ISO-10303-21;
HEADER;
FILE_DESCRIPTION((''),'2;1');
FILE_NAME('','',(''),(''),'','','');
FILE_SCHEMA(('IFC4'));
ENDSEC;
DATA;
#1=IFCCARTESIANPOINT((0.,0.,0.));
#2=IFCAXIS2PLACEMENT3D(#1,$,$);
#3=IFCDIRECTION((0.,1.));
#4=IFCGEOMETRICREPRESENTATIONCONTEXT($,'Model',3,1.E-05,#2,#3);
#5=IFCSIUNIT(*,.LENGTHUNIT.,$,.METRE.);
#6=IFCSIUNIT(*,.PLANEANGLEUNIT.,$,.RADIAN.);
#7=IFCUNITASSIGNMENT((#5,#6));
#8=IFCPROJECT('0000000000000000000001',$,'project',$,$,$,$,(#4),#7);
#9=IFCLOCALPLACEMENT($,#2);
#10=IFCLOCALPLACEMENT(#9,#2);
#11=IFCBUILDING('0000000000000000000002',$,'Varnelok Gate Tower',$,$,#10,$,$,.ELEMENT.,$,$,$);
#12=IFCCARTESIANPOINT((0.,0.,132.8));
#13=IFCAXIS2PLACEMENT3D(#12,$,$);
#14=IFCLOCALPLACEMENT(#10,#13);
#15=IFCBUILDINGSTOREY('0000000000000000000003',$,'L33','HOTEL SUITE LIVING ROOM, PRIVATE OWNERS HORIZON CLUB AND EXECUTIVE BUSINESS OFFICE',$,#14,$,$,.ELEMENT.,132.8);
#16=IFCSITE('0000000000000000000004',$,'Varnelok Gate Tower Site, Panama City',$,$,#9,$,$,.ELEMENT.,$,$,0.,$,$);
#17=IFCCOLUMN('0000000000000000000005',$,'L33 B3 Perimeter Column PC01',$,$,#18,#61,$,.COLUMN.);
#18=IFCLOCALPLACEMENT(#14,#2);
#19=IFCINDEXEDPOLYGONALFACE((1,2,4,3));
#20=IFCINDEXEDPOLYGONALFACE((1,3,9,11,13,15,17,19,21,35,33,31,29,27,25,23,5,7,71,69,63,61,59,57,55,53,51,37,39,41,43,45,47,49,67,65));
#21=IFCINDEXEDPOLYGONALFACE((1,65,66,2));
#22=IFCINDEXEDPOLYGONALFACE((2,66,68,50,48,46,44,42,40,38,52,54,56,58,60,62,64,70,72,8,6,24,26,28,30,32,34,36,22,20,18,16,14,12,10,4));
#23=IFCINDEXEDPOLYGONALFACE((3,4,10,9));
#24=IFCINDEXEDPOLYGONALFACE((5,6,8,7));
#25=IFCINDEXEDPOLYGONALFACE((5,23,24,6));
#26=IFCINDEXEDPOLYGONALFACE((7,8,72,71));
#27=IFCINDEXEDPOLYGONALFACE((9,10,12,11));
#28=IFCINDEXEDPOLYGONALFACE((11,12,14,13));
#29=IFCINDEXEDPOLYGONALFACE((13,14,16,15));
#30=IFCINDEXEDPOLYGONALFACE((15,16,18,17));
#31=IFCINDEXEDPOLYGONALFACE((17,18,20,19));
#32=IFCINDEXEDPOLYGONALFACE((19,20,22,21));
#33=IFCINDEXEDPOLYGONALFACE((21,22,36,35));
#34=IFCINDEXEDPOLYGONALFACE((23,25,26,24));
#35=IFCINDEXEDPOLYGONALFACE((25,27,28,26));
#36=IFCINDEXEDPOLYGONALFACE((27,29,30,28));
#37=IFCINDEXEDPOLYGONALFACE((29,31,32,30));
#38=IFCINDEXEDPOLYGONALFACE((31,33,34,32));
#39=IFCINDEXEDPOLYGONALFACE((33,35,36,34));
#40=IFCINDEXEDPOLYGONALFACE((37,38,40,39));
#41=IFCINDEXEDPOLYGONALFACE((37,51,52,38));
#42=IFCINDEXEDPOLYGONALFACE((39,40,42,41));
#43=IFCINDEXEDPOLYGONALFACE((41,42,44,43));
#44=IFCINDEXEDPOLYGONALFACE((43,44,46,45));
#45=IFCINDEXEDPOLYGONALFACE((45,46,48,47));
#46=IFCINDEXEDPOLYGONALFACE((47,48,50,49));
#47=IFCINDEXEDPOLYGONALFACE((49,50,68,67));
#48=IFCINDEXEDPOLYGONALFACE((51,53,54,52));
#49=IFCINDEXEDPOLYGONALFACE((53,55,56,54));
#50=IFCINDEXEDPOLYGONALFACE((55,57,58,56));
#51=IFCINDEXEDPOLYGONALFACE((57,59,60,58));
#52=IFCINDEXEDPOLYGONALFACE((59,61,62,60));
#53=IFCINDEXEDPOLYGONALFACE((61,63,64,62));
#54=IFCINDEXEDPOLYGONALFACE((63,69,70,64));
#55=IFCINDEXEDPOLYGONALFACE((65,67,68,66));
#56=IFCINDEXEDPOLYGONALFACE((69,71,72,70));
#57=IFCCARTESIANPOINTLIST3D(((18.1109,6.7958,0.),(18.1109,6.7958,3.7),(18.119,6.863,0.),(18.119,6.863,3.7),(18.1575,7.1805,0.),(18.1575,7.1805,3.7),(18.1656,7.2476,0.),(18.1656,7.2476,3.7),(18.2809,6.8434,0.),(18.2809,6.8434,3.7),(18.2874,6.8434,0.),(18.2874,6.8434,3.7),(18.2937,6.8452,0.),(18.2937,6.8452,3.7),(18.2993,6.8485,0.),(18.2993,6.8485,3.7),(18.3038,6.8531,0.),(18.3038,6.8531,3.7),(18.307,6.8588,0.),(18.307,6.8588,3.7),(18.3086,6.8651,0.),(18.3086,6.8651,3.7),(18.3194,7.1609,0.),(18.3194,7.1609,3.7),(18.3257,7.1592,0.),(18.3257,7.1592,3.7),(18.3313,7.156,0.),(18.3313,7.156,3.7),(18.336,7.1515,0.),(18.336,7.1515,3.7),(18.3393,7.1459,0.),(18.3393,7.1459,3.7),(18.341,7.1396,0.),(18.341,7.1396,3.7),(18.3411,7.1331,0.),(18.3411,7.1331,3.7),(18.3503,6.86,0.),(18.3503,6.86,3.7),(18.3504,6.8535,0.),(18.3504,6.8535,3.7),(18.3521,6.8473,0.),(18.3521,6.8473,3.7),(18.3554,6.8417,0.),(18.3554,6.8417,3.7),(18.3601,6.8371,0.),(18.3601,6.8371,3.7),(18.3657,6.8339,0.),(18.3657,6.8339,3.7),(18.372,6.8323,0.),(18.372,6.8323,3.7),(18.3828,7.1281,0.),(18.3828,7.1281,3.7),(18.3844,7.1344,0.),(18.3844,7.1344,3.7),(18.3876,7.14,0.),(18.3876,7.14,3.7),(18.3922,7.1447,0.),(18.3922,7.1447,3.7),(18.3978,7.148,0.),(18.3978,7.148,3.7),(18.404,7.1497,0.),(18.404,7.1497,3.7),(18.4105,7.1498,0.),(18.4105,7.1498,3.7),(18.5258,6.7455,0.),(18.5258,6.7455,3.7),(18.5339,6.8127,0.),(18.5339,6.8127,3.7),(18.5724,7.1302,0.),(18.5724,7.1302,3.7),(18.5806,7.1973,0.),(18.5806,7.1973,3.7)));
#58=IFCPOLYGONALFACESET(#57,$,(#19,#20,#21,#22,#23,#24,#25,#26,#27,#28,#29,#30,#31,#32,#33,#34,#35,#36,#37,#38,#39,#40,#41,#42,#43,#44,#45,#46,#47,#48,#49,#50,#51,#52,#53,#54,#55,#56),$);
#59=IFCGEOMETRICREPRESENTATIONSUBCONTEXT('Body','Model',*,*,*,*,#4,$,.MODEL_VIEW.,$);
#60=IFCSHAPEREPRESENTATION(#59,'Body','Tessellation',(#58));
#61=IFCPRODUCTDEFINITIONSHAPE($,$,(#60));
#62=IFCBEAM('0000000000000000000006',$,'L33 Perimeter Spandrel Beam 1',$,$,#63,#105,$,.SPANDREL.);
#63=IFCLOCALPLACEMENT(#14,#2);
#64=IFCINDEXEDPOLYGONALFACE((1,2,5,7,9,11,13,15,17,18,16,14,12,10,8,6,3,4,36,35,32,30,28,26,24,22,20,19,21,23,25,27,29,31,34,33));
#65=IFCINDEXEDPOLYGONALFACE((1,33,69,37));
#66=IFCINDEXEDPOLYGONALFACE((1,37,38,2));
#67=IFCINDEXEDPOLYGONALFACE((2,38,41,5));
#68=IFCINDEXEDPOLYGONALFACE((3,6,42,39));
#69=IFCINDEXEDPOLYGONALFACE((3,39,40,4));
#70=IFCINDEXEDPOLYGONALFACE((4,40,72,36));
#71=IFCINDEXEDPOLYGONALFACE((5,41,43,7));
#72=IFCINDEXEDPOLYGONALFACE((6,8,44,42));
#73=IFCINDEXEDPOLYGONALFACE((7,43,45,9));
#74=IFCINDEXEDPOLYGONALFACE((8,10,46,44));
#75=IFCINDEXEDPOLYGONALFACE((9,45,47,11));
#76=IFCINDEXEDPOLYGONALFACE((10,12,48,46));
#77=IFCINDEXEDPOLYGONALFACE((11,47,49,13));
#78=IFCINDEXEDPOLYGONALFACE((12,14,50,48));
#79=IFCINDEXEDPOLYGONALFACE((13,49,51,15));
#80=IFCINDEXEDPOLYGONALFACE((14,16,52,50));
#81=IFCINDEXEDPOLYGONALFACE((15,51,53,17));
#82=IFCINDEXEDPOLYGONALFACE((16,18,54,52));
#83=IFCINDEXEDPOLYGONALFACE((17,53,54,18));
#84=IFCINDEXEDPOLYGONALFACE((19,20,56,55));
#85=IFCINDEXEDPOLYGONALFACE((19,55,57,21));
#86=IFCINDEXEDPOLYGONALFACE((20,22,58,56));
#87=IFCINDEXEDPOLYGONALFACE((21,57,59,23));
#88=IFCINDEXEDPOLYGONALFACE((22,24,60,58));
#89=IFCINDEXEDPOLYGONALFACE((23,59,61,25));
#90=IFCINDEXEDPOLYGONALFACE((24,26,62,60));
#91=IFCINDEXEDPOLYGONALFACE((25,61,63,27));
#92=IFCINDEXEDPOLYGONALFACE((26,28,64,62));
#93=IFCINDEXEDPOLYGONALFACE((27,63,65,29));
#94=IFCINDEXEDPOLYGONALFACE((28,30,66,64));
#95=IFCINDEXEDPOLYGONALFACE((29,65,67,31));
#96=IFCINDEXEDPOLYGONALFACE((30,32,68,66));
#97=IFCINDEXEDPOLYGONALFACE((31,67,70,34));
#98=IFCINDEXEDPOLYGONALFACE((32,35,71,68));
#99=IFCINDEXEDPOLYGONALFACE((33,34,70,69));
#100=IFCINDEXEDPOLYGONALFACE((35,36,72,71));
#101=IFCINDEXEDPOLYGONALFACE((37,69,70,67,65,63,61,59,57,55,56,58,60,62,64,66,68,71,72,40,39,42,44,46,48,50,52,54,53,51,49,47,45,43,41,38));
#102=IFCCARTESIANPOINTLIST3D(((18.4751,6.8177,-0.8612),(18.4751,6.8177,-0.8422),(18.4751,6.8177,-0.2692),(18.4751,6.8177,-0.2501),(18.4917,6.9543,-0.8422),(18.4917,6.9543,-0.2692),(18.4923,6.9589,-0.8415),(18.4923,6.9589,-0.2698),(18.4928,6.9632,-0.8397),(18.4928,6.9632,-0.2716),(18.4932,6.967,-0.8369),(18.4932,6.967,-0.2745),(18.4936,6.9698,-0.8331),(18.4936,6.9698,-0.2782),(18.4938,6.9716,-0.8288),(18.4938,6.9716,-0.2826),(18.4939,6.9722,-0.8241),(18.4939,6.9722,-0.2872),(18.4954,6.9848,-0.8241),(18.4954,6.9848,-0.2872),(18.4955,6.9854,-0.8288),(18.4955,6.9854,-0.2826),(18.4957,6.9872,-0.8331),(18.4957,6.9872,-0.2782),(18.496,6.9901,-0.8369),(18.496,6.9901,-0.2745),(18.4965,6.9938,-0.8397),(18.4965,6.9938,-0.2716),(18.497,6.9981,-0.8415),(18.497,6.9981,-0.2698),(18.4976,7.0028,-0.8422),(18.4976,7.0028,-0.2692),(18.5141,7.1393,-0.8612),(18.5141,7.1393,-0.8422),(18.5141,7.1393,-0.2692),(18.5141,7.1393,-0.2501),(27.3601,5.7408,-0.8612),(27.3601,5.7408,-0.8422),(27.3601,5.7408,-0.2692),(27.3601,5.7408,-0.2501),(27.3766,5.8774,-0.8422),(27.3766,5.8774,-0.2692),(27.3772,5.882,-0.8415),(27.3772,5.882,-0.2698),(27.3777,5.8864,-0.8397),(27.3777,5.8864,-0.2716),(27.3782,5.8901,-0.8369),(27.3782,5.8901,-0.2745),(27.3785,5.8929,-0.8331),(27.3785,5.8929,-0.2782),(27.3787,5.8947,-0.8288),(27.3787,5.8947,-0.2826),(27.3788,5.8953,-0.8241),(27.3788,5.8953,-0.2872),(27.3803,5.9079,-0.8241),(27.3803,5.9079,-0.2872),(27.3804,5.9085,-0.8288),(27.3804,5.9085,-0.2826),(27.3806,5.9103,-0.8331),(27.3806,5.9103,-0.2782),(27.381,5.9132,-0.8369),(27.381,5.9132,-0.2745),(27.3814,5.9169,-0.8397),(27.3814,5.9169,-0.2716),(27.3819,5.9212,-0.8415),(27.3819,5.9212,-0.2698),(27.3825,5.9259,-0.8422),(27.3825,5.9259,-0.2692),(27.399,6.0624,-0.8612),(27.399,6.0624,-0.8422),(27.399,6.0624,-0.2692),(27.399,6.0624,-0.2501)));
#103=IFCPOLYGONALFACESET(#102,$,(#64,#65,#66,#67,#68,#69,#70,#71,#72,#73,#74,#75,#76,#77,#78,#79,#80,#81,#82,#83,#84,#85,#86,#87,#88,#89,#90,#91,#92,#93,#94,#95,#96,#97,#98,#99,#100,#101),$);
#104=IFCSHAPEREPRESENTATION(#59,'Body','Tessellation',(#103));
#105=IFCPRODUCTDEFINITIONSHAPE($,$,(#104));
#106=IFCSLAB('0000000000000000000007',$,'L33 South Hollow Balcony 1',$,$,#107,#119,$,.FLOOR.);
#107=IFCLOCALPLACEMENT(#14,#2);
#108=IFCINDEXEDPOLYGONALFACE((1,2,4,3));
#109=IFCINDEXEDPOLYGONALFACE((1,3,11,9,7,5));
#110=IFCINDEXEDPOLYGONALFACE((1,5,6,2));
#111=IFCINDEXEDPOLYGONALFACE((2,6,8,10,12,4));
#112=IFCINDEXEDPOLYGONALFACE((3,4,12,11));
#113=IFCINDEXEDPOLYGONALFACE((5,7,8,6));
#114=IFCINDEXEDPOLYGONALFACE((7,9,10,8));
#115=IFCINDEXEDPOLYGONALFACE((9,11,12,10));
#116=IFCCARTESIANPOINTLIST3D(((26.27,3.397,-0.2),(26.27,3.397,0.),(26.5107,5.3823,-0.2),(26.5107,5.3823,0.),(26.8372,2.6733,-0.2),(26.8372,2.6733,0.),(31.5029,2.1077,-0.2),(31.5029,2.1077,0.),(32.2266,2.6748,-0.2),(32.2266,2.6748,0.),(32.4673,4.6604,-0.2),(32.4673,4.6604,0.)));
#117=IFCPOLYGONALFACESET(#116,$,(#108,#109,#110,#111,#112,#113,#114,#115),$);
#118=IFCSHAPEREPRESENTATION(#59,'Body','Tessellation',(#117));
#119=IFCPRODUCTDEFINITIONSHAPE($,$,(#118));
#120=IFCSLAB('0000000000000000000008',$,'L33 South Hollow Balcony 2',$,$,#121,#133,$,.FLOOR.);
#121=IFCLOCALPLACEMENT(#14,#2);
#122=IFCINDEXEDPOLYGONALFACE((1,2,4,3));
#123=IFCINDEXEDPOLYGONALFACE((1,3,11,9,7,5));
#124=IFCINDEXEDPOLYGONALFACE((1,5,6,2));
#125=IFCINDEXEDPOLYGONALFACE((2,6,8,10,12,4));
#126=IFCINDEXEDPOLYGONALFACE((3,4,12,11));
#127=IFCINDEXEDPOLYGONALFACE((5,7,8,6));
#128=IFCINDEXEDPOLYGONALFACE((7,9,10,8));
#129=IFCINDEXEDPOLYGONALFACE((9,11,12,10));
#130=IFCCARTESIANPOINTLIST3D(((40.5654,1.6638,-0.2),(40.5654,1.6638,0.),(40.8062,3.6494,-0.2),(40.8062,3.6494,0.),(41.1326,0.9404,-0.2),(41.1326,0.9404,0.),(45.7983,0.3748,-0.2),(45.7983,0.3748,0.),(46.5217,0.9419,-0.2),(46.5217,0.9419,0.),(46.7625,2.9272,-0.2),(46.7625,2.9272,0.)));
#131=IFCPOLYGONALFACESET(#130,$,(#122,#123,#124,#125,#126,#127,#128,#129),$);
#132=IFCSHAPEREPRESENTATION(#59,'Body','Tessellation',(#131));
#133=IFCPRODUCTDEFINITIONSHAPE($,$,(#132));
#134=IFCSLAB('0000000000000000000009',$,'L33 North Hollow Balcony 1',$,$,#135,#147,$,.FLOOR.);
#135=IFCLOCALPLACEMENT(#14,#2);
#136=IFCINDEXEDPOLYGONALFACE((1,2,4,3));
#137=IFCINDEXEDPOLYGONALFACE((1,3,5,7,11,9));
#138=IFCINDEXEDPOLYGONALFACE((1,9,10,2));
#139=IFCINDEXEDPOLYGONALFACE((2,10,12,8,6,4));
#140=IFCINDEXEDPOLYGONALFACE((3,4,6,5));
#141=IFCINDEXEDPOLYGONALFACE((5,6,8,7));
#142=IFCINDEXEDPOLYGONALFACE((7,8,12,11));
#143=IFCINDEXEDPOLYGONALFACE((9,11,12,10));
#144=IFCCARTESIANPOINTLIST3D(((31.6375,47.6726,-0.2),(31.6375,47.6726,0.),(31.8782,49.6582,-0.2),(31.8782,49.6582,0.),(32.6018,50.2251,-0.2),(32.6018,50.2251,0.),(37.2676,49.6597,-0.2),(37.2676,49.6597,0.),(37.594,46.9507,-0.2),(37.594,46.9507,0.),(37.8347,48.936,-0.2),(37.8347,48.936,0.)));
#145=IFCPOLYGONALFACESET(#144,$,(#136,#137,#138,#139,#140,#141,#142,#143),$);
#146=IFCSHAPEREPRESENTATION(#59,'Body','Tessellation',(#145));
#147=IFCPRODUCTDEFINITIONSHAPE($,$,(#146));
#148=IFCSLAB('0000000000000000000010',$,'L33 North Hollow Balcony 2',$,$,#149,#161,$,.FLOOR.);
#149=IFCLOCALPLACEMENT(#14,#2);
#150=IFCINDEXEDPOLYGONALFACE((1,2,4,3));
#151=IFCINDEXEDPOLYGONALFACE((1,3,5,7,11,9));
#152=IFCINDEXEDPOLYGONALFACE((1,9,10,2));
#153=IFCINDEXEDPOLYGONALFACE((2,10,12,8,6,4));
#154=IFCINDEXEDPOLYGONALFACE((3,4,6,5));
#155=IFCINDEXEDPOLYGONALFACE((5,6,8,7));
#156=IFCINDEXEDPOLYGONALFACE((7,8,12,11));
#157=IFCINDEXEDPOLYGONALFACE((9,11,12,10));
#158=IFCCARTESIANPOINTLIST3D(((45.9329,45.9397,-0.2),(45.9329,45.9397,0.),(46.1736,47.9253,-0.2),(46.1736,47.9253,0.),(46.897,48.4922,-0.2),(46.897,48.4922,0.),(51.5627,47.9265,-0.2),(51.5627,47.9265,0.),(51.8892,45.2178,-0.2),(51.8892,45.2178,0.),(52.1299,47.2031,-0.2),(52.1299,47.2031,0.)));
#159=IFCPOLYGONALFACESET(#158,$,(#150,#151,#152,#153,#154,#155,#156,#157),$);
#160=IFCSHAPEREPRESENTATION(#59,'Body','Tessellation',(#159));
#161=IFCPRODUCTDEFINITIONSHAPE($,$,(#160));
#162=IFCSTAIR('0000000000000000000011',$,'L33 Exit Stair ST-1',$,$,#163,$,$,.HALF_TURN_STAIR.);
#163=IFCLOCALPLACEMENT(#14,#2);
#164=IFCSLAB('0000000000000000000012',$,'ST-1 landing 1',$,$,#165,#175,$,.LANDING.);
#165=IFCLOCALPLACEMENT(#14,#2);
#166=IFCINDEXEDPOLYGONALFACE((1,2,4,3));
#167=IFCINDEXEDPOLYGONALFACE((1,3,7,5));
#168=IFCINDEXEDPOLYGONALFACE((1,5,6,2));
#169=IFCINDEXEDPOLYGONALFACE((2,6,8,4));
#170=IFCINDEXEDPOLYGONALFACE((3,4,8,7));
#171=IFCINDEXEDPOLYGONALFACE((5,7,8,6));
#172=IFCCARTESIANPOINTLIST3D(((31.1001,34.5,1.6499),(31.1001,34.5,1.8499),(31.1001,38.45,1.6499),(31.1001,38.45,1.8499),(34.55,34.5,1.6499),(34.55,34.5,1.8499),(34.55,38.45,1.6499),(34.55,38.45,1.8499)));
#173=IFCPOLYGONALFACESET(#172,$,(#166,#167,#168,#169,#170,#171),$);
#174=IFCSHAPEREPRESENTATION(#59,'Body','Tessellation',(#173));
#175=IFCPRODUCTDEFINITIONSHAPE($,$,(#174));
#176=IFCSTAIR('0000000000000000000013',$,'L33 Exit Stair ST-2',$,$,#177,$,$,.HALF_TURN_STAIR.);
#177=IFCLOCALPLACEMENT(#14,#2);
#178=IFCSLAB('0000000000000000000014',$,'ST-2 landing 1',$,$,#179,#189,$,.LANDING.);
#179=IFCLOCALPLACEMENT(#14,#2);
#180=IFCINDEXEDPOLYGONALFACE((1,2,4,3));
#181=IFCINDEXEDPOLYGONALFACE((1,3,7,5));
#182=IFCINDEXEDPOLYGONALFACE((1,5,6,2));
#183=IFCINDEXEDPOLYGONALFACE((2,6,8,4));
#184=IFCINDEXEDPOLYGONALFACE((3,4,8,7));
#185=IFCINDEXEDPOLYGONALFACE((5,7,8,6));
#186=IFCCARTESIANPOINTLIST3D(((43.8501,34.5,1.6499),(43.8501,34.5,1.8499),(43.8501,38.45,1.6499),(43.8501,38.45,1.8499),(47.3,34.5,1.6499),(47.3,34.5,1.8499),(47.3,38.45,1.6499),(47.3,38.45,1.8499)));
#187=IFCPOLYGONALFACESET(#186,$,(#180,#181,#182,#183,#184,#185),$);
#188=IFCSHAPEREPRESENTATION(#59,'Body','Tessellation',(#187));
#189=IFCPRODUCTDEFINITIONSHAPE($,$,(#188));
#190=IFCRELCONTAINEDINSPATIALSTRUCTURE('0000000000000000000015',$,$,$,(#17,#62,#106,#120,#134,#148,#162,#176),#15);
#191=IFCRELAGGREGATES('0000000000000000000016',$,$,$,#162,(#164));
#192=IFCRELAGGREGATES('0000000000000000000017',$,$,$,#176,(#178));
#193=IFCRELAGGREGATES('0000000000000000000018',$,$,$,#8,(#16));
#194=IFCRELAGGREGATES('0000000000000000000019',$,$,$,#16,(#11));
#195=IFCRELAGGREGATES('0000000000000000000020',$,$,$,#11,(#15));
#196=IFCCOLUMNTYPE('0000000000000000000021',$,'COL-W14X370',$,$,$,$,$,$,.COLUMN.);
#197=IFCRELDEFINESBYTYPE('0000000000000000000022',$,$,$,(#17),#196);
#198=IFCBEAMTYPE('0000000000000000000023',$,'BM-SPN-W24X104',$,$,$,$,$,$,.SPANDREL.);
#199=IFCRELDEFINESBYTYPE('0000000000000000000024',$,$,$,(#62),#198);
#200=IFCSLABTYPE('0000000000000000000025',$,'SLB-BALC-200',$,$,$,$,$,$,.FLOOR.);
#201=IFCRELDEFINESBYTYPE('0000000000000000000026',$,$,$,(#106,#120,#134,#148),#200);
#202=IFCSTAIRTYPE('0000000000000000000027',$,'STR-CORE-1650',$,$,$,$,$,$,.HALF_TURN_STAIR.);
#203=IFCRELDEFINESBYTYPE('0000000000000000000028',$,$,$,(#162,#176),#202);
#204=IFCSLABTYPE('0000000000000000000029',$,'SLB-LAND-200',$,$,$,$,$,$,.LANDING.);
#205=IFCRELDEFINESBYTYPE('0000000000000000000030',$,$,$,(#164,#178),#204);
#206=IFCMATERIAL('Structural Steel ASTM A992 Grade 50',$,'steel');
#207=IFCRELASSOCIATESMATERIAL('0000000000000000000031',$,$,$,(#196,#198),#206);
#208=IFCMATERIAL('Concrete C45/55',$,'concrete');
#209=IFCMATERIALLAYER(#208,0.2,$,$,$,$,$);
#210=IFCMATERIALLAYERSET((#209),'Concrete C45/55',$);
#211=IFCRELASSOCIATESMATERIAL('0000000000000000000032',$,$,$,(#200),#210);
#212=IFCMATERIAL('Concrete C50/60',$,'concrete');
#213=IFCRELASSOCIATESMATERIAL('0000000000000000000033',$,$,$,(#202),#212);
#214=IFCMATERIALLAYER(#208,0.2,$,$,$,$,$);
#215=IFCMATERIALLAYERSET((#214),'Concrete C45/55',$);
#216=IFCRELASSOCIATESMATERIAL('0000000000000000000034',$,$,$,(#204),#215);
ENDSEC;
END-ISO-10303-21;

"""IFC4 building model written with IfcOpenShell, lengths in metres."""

from ifc_helpers import new_model, si_unit, direction, frame, origin, origin_2d, place, context, subcontext, project, spatial, polyline, i_section, outline, extrude, material, layer, layer_set, material_profile, profile_set, type_object, element, aggregate, save


model = new_model("IFC4")

# Units and contexts
model_context = context("Model", 3, precision=1e-05, world=origin(), true_north=direction((0.0, 1.0)))
body_context = subcontext(model_context, "Body", "Model", "MODEL_VIEW")
ifc_project = project(units=[si_unit("LENGTHUNIT", "METRE"), si_unit("PLANEANGLEUNIT", "RADIAN")], contexts=[model_context])

# Site, building, storey
site_placement = place(None, origin())
site = spatial("IfcSite", under=ifc_project, at=site_placement, Name="Varnelok Gate Tower Site, Panama City", CompositionType="ELEMENT", RefElevation=0.0)
building_placement = place(site_placement, origin())
building = spatial("IfcBuilding", under=site, at=building_placement, Name="Varnelok Gate Tower", CompositionType="ELEMENT")
storey_placement = place(building_placement, frame((0.0, 0.0, 132.8)))
storey = spatial("IfcBuildingStorey", under=building, at=storey_placement, Name="L33", Description="HOTEL SUITE LIVING ROOM, PRIVATE OWNERS HORIZON CLUB AND EXECUTIVE BUSINESS OFFICE", CompositionType="ELEMENT", Elevation=132.8)

# Column
ifc_material_1 = material(Name="Structural Steel ASTM A992 Grade 50", Category="steel")
ifc_material_profile_1 = material_profile(ifc_material_1, i_section(OverallWidth=0.418, OverallDepth=0.4551, WebThickness=0.042, FlangeThickness=0.0676, FilletRadius=0.0249, at=origin_2d()), Name="W14X370")
ifc_profile_set_1 = profile_set([ifc_material_profile_1], Name="Structural Steel ASTM A992 Grade 50")
column_type = type_object("IfcColumnType", Name="COL-W14X370", PredefinedType="COLUMN", material=ifc_profile_set_1)
column_placement = place(storey_placement, frame((18.3457, 6.9966, 0.0), z_axis=(0.0, 0.0, 1.0), x_axis=(0.992732, -0.120345, 0.0)))
element("IfcColumn", 1, at=column_placement, inside=storey, type_object=column_type, Name="L33 B3 Perimeter Column PC01", PredefinedType="COLUMN", context=body_context, shape_type="SweptSolid", body=[
    extrude(i_section(OverallWidth=0.418, OverallDepth=0.4551, WebThickness=0.042, FlangeThickness=0.0676, FilletRadius=0.0249, at=origin_2d()), origin(), (0.0, 0.0, 1.0), 3.7),
])

# Beam
ifc_material_profile_2 = material_profile(ifc_material_1, i_section(OverallWidth=0.324, OverallDepth=0.6111, WebThickness=0.0127, FlangeThickness=0.019, FilletRadius=0.0181, at=origin_2d()), Name="W24X104")
ifc_profile_set_2 = profile_set([ifc_material_profile_2], Name="Structural Steel ASTM A992 Grade 50")
beam_type = type_object("IfcBeamType", Name="BM-SPN-W24X104", PredefinedType="SPANDREL", material=ifc_profile_set_2)
beam_placement = place(storey_placement, frame((18.4946, 6.9785, -0.5557), z_axis=(0.992735, -0.120324, 0.0), x_axis=(0.120324, 0.992735, 0.0)))
element("IfcBeam", 2, at=beam_placement, inside=storey, type_object=beam_type, Name="L33 Perimeter Spandrel Beam 1", PredefinedType="SPANDREL", context=body_context, shape_type="SweptSolid", body=[
    extrude(i_section(OverallWidth=0.324, OverallDepth=0.6111, WebThickness=0.0127, FlangeThickness=0.019, FilletRadius=0.0181, at=origin_2d()), origin(), (0.0, 0.0, 1.0), 8.95),
])

# Slabs
ifc_material_2 = material(Name="Concrete C45/55", Category="concrete")
ifc_layer_1 = layer(ifc_material_2, 0.2)
ifc_layer_set_1 = layer_set([ifc_layer_1], Name="Concrete C45/55")
slab_type_1 = type_object("IfcSlabType", Name="SLB-BALC-200", PredefinedType="FLOOR", material=ifc_layer_set_1)
slab_1_placement = place(storey_placement, frame((0.0, 0.0, -0.2)))
element("IfcSlab", 3, at=slab_1_placement, inside=storey, type_object=slab_type_1, Name="L33 South Hollow Balcony 1", PredefinedType="FLOOR", context=body_context, shape_type="SweptSolid", body=[
    extrude(outline(polyline([(26.27, 3.397), (26.8372, 2.6733), (31.5029, 2.1077), (32.2266, 2.6748), (32.4673, 4.6604), (26.5107, 5.3823), (26.27, 3.397)])), origin(), (0.0, 0.0, 1.0), 0.2),
])
slab_2_placement = place(storey_placement, frame((0.0, 0.0, -0.2)))
element("IfcSlab", 4, at=slab_2_placement, inside=storey, type_object=slab_type_1, Name="L33 South Hollow Balcony 2", PredefinedType="FLOOR", context=body_context, shape_type="SweptSolid", body=[
    extrude(outline(polyline([(40.5654, 1.6638), (41.1326, 0.9404), (45.7983, 0.3748), (46.5217, 0.9419), (46.7625, 2.9272), (40.8062, 3.6494), (40.5654, 1.6638)])), origin(), (0.0, 0.0, 1.0), 0.2),
])
slab_3_placement = place(storey_placement, frame((0.0, 0.0, -0.2)))
element("IfcSlab", 5, at=slab_3_placement, inside=storey, type_object=slab_type_1, Name="L33 North Hollow Balcony 1", PredefinedType="FLOOR", context=body_context, shape_type="SweptSolid", body=[
    extrude(outline(polyline([(31.6375, 47.6726), (37.594, 46.9507), (37.8347, 48.936), (37.2676, 49.6597), (32.6018, 50.2251), (31.8782, 49.6582), (31.6375, 47.6726)])), origin(), (0.0, 0.0, 1.0), 0.2),
])
slab_4_placement = place(storey_placement, frame((0.0, 0.0, -0.2)))
element("IfcSlab", 6, at=slab_4_placement, inside=storey, type_object=slab_type_1, Name="L33 North Hollow Balcony 2", PredefinedType="FLOOR", context=body_context, shape_type="SweptSolid", body=[
    extrude(outline(polyline([(45.9329, 45.9397), (51.8892, 45.2178), (52.1299, 47.2031), (51.5627, 47.9265), (46.897, 48.4922), (46.1736, 47.9253), (45.9329, 45.9397)])), origin(), (0.0, 0.0, 1.0), 0.2),
])

# Stairs, slabs
ifc_material_3 = material(Name="Concrete C50/60", Category="concrete")
stair_type = type_object("IfcStairType", Name="STR-CORE-1650", PredefinedType="HALF_TURN_STAIR", material=ifc_material_3)
stair_1_placement = place(storey_placement, origin())
stair_1 = element("IfcStair", 7, at=stair_1_placement, inside=storey, type_object=stair_type, Name="L33 Exit Stair ST-1", PredefinedType="HALF_TURN_STAIR")
ifc_layer_2 = layer(ifc_material_2, 0.2)
ifc_layer_set_2 = layer_set([ifc_layer_2], Name="Concrete C45/55")
slab_type_2 = type_object("IfcSlabType", Name="SLB-LAND-200", PredefinedType="LANDING", material=ifc_layer_set_2)
slab_5_placement = place(storey_placement, frame((0.0, 0.0, 1.6499)))
slab_5 = element("IfcSlab", 8, at=slab_5_placement, type_object=slab_type_2, Name="ST-1 landing 1", PredefinedType="LANDING", context=body_context, shape_type="SweptSolid", body=[
    extrude(outline(polyline([(34.55, 34.5), (34.55, 38.45), (31.1001, 38.45), (31.1001, 34.5), (34.55, 34.5)])), origin(), (0.0, 0.0, 1.0), 0.2),
])
aggregate(stair_1, [slab_5])
stair_2_placement = place(storey_placement, origin())
stair_2 = element("IfcStair", 9, at=stair_2_placement, inside=storey, type_object=stair_type, Name="L33 Exit Stair ST-2", PredefinedType="HALF_TURN_STAIR")
slab_6_placement = place(storey_placement, frame((0.0, 0.0, 1.6499)))
slab_6 = element("IfcSlab", 10, at=slab_6_placement, type_object=slab_type_2, Name="ST-2 landing 1", PredefinedType="LANDING", context=body_context, shape_type="SweptSolid", body=[
    extrude(outline(polyline([(47.3, 34.5), (47.3, 38.45), (43.8501, 38.45), (43.8501, 34.5), (47.3, 34.5)])), origin(), (0.0, 0.0, 1.0), 0.2),
])
aggregate(stair_2, [slab_6])

save(model, "model.ifc")
